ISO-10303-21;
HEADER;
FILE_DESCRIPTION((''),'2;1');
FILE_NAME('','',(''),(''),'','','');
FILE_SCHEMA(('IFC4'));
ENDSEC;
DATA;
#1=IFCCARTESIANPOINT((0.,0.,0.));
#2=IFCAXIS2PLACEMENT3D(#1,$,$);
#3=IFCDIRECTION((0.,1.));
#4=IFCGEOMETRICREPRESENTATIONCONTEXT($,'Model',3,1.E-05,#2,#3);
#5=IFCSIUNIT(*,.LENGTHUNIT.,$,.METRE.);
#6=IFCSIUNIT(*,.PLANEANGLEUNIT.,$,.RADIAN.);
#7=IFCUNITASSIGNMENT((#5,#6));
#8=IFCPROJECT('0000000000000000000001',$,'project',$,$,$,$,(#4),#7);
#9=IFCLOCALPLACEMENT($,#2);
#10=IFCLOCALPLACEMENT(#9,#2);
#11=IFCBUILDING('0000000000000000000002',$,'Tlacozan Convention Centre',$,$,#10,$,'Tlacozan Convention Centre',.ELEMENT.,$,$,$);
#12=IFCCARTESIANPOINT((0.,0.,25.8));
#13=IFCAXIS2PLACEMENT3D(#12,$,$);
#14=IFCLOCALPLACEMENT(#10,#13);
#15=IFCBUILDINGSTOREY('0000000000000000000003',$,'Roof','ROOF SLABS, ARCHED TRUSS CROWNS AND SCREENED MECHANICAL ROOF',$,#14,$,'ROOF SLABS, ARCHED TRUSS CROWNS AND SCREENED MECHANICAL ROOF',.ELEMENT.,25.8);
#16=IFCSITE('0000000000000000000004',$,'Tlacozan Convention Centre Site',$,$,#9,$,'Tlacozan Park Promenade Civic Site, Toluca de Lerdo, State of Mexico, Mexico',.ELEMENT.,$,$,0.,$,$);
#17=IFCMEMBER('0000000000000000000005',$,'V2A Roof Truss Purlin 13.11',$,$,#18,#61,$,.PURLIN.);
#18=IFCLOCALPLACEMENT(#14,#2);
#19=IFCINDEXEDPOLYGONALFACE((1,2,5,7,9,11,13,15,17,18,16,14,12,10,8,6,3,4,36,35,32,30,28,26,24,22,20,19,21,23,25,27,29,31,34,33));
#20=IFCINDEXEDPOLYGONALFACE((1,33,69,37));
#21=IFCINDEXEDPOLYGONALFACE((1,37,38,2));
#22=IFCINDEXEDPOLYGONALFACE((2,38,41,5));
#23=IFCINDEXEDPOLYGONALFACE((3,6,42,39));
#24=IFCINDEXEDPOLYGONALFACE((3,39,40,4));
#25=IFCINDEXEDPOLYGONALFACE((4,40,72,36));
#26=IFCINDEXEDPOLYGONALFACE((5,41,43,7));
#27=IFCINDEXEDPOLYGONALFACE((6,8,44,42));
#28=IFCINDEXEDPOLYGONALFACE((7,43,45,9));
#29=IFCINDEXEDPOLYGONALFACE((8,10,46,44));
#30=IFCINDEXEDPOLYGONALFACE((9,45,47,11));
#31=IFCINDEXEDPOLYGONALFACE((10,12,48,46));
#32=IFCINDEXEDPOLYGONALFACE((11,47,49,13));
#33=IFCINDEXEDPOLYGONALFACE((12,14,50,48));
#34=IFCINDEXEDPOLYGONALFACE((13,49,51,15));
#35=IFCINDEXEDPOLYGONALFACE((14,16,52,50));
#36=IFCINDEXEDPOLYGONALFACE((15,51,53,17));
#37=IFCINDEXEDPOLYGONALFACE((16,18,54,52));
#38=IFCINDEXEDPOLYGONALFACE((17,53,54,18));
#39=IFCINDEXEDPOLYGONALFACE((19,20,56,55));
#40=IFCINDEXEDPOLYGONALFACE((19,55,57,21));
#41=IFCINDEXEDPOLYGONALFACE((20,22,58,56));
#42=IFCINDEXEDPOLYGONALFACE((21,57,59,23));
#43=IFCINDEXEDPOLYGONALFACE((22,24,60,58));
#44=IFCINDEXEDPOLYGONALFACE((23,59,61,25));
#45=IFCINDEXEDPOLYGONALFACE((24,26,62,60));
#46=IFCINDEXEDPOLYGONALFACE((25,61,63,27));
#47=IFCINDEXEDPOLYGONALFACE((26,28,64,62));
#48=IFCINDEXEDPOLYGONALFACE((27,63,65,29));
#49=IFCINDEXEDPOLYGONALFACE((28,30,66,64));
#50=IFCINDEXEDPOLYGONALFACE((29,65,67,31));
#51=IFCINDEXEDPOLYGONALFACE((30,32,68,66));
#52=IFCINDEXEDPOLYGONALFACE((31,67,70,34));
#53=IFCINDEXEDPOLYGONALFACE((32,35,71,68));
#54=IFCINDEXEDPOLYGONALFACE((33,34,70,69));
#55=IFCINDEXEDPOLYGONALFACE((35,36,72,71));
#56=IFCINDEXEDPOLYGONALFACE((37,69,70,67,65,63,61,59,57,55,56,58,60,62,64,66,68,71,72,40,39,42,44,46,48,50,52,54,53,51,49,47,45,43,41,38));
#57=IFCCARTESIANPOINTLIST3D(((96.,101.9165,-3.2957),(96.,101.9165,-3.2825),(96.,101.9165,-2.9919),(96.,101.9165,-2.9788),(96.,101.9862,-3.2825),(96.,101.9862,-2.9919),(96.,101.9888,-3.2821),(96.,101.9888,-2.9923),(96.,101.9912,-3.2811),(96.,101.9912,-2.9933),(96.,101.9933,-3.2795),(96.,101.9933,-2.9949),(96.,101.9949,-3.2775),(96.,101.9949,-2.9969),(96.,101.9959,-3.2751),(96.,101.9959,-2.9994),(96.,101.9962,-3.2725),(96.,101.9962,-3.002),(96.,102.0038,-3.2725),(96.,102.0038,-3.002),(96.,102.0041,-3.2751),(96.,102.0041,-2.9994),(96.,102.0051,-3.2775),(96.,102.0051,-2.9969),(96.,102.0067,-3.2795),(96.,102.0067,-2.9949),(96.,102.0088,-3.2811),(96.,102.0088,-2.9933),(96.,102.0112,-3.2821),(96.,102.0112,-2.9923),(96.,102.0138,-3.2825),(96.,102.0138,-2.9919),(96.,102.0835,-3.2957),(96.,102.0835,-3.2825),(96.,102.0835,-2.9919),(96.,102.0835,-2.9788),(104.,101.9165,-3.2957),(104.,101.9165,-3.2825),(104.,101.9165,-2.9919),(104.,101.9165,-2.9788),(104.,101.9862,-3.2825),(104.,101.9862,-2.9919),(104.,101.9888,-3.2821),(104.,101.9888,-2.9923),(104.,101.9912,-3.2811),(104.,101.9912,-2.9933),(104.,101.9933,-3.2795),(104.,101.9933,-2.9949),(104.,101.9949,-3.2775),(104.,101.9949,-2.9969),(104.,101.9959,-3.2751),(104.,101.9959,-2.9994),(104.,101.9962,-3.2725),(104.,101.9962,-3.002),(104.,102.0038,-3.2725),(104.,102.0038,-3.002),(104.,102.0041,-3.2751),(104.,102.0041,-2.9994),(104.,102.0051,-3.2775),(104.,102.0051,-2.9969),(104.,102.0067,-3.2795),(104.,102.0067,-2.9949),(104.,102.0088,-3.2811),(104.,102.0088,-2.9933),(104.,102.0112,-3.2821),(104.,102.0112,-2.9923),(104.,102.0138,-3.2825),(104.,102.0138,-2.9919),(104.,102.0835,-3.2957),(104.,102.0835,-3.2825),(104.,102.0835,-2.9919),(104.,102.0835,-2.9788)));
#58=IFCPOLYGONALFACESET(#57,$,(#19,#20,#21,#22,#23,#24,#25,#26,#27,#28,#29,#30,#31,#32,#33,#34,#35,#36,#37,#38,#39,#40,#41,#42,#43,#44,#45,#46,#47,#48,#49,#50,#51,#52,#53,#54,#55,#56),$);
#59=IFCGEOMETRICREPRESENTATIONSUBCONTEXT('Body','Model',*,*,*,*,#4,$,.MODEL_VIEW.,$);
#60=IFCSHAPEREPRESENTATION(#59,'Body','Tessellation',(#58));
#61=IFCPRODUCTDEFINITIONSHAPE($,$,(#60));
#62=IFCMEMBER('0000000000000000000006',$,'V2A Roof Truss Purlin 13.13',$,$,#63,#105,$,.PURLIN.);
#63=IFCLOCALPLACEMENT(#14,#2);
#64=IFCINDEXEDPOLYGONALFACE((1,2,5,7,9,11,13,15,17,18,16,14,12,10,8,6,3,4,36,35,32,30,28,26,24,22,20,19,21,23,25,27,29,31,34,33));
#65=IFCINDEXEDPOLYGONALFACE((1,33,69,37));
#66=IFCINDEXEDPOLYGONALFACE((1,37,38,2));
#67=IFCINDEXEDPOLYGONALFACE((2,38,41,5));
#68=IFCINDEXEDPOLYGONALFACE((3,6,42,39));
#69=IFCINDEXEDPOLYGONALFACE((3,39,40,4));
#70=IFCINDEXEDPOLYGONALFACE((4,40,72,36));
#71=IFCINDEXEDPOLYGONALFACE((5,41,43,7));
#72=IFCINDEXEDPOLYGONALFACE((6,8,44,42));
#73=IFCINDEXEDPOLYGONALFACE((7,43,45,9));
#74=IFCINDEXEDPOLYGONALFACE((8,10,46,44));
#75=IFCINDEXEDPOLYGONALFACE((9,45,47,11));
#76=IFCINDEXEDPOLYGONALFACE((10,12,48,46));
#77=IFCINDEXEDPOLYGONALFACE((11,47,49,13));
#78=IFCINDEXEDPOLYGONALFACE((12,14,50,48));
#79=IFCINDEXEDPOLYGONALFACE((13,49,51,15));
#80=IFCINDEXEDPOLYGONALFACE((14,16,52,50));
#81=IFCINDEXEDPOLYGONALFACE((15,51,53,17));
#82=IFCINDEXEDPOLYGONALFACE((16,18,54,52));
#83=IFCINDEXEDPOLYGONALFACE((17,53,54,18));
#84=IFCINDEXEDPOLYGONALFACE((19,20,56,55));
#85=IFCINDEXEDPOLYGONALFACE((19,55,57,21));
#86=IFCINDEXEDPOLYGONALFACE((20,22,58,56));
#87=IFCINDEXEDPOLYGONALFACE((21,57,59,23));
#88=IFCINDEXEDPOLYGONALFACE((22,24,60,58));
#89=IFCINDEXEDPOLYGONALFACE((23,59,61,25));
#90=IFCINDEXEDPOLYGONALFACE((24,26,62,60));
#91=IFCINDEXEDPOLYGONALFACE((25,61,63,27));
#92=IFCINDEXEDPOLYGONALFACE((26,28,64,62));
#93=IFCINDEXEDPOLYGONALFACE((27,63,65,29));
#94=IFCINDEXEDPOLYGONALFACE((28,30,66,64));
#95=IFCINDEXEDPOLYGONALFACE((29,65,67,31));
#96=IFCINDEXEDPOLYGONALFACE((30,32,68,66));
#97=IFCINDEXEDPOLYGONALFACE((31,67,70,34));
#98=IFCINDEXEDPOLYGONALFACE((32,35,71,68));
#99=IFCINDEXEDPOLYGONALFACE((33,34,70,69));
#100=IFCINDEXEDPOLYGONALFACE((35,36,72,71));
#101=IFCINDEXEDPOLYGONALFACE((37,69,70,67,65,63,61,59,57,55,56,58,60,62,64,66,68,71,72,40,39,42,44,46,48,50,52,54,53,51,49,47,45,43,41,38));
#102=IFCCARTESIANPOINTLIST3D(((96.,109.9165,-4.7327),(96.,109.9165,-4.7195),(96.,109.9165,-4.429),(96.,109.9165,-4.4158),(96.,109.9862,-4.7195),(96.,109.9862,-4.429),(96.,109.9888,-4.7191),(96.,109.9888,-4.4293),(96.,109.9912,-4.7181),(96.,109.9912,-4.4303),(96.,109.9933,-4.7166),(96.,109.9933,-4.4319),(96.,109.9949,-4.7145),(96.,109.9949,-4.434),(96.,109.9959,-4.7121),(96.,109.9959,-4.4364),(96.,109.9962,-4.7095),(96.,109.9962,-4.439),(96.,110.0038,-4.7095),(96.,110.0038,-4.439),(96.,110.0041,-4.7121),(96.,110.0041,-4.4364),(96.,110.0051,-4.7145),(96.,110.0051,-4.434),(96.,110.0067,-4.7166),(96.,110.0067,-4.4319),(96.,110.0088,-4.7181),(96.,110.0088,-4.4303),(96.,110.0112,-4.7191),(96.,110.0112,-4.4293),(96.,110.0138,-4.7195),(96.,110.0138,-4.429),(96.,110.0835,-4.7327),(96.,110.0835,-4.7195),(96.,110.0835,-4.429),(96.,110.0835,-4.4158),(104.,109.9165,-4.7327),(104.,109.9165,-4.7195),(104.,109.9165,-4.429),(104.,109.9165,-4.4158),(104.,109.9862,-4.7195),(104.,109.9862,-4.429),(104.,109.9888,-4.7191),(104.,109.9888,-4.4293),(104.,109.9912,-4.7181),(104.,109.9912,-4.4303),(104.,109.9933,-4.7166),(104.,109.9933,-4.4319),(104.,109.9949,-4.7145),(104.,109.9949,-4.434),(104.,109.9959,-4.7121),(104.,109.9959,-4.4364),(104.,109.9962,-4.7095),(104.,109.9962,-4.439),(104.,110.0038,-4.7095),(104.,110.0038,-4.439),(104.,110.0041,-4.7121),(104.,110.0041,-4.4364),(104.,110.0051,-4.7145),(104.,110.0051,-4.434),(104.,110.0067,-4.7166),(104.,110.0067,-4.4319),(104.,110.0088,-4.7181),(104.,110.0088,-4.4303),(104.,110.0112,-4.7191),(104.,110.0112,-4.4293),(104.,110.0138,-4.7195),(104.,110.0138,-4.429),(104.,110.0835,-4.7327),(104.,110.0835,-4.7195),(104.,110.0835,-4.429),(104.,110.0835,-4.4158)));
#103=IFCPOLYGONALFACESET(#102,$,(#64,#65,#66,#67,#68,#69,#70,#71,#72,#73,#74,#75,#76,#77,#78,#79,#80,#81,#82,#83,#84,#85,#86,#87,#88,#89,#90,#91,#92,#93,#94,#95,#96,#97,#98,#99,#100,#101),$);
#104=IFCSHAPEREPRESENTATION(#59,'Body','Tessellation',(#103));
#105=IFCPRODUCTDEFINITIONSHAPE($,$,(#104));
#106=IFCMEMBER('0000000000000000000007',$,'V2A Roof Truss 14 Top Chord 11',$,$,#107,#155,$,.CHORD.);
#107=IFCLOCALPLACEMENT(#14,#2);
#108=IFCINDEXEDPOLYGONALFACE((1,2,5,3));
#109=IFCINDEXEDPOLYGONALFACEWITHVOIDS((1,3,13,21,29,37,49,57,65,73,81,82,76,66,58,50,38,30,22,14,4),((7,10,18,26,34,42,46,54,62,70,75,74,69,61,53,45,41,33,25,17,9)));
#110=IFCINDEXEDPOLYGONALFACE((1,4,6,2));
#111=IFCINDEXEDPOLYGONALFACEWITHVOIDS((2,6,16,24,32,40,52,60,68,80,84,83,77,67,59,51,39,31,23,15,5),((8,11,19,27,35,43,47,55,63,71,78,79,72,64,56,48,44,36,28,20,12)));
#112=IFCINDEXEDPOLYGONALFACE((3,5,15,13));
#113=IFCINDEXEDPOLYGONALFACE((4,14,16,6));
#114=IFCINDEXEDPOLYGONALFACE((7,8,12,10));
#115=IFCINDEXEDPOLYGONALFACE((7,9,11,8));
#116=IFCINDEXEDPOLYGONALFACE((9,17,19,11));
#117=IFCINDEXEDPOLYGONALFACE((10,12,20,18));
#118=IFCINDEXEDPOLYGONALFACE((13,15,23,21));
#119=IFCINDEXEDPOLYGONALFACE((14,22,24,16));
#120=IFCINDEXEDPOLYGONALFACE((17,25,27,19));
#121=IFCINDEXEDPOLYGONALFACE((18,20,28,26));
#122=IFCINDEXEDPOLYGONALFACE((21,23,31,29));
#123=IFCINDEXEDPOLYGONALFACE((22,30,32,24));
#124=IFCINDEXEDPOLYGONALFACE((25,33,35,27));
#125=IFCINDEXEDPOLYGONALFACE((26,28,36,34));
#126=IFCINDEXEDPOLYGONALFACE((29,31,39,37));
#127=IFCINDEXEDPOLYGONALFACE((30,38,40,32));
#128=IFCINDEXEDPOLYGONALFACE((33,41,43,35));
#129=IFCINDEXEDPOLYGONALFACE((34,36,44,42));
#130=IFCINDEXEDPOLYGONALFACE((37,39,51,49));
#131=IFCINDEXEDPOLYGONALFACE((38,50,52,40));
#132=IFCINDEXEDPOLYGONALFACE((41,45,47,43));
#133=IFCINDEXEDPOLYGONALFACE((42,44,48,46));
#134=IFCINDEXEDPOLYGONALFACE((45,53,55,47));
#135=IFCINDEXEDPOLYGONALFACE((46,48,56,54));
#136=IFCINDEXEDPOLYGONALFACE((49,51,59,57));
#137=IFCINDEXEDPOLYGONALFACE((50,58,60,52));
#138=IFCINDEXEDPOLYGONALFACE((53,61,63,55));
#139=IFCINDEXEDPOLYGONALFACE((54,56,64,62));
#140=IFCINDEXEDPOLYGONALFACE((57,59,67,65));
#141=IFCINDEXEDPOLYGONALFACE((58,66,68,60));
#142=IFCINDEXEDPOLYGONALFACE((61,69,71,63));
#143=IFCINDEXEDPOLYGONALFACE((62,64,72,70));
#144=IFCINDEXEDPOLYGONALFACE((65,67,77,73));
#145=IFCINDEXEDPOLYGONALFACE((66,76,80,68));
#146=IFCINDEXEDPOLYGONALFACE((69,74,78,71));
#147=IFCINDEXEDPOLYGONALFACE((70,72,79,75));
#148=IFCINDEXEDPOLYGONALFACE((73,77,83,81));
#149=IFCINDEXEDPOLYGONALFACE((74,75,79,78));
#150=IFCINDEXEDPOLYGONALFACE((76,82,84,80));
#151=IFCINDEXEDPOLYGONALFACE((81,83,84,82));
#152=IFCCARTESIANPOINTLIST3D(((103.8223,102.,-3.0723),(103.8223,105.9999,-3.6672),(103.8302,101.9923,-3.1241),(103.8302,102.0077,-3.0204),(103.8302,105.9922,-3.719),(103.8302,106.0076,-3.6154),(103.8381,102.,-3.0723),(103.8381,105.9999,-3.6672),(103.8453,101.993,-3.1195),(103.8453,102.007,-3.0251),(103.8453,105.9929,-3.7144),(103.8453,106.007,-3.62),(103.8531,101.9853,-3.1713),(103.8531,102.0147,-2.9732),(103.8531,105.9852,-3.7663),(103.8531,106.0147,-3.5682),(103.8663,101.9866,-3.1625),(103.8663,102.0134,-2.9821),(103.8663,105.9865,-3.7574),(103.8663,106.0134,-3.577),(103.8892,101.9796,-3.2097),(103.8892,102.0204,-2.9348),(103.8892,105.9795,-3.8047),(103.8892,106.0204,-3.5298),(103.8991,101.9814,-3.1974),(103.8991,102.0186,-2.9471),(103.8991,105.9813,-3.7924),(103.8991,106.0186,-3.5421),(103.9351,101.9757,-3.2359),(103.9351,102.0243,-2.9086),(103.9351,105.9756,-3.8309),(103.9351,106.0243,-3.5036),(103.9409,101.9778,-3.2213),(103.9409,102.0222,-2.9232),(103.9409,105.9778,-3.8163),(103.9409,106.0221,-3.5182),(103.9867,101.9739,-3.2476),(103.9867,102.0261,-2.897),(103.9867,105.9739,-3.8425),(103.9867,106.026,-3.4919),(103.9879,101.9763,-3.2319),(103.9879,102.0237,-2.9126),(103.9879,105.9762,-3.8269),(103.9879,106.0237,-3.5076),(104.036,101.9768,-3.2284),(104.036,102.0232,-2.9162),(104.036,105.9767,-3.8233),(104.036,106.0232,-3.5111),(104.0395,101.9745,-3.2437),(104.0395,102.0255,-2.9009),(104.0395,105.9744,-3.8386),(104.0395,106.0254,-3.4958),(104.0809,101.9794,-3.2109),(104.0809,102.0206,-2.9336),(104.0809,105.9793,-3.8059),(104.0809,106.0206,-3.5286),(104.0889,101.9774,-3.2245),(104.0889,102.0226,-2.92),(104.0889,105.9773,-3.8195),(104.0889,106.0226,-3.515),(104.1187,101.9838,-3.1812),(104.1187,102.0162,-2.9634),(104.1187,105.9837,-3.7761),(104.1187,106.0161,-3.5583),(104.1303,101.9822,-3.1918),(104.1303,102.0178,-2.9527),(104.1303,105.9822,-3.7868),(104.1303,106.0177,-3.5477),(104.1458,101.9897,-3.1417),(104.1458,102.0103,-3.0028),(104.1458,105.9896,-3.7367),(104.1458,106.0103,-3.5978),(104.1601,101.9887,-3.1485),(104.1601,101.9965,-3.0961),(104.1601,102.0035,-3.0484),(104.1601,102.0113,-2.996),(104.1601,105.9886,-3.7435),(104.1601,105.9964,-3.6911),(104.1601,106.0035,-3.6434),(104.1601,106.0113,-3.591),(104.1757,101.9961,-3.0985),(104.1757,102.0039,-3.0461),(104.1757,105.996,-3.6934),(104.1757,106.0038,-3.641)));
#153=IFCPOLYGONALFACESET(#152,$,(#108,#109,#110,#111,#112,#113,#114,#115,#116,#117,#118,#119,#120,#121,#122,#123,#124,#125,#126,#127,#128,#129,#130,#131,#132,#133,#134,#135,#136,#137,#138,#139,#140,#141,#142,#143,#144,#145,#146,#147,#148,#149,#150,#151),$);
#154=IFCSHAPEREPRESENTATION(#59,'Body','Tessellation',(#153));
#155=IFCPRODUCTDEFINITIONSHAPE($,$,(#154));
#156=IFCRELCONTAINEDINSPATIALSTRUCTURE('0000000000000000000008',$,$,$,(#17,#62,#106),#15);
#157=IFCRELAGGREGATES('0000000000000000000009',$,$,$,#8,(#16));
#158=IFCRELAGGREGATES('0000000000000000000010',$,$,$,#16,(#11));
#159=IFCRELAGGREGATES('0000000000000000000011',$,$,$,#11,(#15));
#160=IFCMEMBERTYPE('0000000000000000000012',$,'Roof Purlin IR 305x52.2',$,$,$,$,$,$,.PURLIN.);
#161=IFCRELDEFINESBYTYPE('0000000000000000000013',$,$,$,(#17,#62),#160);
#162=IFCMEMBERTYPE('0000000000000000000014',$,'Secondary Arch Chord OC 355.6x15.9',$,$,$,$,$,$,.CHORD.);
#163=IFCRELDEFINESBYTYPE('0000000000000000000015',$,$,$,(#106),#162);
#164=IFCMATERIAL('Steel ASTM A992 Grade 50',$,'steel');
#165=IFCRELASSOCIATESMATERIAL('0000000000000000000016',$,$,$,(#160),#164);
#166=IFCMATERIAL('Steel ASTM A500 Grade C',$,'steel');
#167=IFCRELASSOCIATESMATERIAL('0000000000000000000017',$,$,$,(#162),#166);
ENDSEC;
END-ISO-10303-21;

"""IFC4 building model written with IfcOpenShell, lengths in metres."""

from ifc_helpers import new_model, si_unit, direction, frame, origin, origin_2d, place, context, subcontext, project, spatial, hollow_circle, i_section, extrude, material, material_profile, profile_set, type_object, element, save


model = new_model("IFC4")

# Units and contexts
model_context = context("Model", 3, precision=1e-05, world=origin(), true_north=direction((0.0, 1.0)))
body_context = subcontext(model_context, "Body", "Model", "MODEL_VIEW")
ifc_project = project(units=[si_unit("LENGTHUNIT", "METRE"), si_unit("PLANEANGLEUNIT", "RADIAN")], contexts=[model_context])

# Site, building, storey
site_placement = place(None, origin())
site = spatial("IfcSite", under=ifc_project, at=site_placement, Name="Tlacozan Convention Centre Site", LongName="Tlacozan Park Promenade Civic Site, Toluca de Lerdo, State of Mexico, Mexico", CompositionType="ELEMENT", RefElevation=0.0)
building_placement = place(site_placement, origin())
building = spatial("IfcBuilding", under=site, at=building_placement, Name="Tlacozan Convention Centre", LongName="Tlacozan Convention Centre", CompositionType="ELEMENT")
storey_placement = place(building_placement, frame((0.0, 0.0, 25.8)))
storey = spatial("IfcBuildingStorey", under=building, at=storey_placement, Name="Roof", Description="ROOF SLABS, ARCHED TRUSS CROWNS AND SCREENED MECHANICAL ROOF", LongName="ROOF SLABS, ARCHED TRUSS CROWNS AND SCREENED MECHANICAL ROOF", CompositionType="ELEMENT", Elevation=25.8)

# Members
ifc_material_1 = material(Name="Steel ASTM A500 Grade C", Category="steel")
ifc_material_2 = material(Name="Steel ASTM A992 Grade 50", Category="steel")
ifc_material_profile_1 = material_profile(ifc_material_2, i_section(OverallWidth=0.167, OverallDepth=0.3169, WebThickness=0.0076, FlangeThickness=0.0132, FilletRadius=0.01, at=origin_2d()), Name="IR 305x52.2")
ifc_profile_set_1 = profile_set([ifc_material_profile_1], Name="Steel ASTM A992 Grade 50")
member_type_1 = type_object("IfcMemberType", Name="Roof Purlin IR 305x52.2", PredefinedType="PURLIN", material=ifc_profile_set_1)
for number, where, z_axis, x_axis, name in (
    (1, (96.0, 102.0, -3.1372), (1.0, 0.0, 0.0), (0.0, 1.0, 0.0), "V2A Roof Truss Purlin 13.11"),
    (2, (96.0, 110.0, -4.5742), (1.0, 0.0, 0.0), (0.0, 1.0, 0.0), "V2A Roof Truss Purlin 13.13"),
):
    element("IfcMember", number, at=place(storey_placement, frame(where, z_axis=z_axis, x_axis=x_axis)), inside=storey, type_object=member_type_1, Name=name, PredefinedType="PURLIN", context=body_context, shape_type="SweptSolid", body=[
        extrude(i_section(OverallWidth=0.167, OverallDepth=0.3169, WebThickness=0.0076, FlangeThickness=0.0132, FilletRadius=0.01, at=origin_2d()), origin(), (0.0, 0.0, 1.0), 8.0),
    ])
ifc_material_profile_2 = material_profile(ifc_material_1, hollow_circle(Radius=0.1777, WallThickness=0.0159, at=origin_2d()), Name="OC 355.6x15.9")
ifc_profile_set_2 = profile_set([ifc_material_profile_2], Name="Steel ASTM A500 Grade C")
member_type_2 = type_object("IfcMemberType", Name="Secondary Arch Chord OC 355.6x15.9", PredefinedType="CHORD", material=ifc_profile_set_2)
member_1_placement = place(storey_placement, frame((104.0, 102.0, -3.0723), z_axis=(0.0, 0.989118, -0.147124), x_axis=(-1.0, 0.0, 0.0)))
element("IfcMember", 3, at=member_1_placement, inside=storey, type_object=member_type_2, Name="V2A Roof Truss 14 Top Chord 11", PredefinedType="CHORD", context=body_context, shape_type="SweptSolid", body=[
    extrude(hollow_circle(Radius=0.1777, WallThickness=0.0159, at=origin_2d()), origin(), (0.0, 0.0, 1.0), 4.0439),
])

save(model, "model.ifc")
